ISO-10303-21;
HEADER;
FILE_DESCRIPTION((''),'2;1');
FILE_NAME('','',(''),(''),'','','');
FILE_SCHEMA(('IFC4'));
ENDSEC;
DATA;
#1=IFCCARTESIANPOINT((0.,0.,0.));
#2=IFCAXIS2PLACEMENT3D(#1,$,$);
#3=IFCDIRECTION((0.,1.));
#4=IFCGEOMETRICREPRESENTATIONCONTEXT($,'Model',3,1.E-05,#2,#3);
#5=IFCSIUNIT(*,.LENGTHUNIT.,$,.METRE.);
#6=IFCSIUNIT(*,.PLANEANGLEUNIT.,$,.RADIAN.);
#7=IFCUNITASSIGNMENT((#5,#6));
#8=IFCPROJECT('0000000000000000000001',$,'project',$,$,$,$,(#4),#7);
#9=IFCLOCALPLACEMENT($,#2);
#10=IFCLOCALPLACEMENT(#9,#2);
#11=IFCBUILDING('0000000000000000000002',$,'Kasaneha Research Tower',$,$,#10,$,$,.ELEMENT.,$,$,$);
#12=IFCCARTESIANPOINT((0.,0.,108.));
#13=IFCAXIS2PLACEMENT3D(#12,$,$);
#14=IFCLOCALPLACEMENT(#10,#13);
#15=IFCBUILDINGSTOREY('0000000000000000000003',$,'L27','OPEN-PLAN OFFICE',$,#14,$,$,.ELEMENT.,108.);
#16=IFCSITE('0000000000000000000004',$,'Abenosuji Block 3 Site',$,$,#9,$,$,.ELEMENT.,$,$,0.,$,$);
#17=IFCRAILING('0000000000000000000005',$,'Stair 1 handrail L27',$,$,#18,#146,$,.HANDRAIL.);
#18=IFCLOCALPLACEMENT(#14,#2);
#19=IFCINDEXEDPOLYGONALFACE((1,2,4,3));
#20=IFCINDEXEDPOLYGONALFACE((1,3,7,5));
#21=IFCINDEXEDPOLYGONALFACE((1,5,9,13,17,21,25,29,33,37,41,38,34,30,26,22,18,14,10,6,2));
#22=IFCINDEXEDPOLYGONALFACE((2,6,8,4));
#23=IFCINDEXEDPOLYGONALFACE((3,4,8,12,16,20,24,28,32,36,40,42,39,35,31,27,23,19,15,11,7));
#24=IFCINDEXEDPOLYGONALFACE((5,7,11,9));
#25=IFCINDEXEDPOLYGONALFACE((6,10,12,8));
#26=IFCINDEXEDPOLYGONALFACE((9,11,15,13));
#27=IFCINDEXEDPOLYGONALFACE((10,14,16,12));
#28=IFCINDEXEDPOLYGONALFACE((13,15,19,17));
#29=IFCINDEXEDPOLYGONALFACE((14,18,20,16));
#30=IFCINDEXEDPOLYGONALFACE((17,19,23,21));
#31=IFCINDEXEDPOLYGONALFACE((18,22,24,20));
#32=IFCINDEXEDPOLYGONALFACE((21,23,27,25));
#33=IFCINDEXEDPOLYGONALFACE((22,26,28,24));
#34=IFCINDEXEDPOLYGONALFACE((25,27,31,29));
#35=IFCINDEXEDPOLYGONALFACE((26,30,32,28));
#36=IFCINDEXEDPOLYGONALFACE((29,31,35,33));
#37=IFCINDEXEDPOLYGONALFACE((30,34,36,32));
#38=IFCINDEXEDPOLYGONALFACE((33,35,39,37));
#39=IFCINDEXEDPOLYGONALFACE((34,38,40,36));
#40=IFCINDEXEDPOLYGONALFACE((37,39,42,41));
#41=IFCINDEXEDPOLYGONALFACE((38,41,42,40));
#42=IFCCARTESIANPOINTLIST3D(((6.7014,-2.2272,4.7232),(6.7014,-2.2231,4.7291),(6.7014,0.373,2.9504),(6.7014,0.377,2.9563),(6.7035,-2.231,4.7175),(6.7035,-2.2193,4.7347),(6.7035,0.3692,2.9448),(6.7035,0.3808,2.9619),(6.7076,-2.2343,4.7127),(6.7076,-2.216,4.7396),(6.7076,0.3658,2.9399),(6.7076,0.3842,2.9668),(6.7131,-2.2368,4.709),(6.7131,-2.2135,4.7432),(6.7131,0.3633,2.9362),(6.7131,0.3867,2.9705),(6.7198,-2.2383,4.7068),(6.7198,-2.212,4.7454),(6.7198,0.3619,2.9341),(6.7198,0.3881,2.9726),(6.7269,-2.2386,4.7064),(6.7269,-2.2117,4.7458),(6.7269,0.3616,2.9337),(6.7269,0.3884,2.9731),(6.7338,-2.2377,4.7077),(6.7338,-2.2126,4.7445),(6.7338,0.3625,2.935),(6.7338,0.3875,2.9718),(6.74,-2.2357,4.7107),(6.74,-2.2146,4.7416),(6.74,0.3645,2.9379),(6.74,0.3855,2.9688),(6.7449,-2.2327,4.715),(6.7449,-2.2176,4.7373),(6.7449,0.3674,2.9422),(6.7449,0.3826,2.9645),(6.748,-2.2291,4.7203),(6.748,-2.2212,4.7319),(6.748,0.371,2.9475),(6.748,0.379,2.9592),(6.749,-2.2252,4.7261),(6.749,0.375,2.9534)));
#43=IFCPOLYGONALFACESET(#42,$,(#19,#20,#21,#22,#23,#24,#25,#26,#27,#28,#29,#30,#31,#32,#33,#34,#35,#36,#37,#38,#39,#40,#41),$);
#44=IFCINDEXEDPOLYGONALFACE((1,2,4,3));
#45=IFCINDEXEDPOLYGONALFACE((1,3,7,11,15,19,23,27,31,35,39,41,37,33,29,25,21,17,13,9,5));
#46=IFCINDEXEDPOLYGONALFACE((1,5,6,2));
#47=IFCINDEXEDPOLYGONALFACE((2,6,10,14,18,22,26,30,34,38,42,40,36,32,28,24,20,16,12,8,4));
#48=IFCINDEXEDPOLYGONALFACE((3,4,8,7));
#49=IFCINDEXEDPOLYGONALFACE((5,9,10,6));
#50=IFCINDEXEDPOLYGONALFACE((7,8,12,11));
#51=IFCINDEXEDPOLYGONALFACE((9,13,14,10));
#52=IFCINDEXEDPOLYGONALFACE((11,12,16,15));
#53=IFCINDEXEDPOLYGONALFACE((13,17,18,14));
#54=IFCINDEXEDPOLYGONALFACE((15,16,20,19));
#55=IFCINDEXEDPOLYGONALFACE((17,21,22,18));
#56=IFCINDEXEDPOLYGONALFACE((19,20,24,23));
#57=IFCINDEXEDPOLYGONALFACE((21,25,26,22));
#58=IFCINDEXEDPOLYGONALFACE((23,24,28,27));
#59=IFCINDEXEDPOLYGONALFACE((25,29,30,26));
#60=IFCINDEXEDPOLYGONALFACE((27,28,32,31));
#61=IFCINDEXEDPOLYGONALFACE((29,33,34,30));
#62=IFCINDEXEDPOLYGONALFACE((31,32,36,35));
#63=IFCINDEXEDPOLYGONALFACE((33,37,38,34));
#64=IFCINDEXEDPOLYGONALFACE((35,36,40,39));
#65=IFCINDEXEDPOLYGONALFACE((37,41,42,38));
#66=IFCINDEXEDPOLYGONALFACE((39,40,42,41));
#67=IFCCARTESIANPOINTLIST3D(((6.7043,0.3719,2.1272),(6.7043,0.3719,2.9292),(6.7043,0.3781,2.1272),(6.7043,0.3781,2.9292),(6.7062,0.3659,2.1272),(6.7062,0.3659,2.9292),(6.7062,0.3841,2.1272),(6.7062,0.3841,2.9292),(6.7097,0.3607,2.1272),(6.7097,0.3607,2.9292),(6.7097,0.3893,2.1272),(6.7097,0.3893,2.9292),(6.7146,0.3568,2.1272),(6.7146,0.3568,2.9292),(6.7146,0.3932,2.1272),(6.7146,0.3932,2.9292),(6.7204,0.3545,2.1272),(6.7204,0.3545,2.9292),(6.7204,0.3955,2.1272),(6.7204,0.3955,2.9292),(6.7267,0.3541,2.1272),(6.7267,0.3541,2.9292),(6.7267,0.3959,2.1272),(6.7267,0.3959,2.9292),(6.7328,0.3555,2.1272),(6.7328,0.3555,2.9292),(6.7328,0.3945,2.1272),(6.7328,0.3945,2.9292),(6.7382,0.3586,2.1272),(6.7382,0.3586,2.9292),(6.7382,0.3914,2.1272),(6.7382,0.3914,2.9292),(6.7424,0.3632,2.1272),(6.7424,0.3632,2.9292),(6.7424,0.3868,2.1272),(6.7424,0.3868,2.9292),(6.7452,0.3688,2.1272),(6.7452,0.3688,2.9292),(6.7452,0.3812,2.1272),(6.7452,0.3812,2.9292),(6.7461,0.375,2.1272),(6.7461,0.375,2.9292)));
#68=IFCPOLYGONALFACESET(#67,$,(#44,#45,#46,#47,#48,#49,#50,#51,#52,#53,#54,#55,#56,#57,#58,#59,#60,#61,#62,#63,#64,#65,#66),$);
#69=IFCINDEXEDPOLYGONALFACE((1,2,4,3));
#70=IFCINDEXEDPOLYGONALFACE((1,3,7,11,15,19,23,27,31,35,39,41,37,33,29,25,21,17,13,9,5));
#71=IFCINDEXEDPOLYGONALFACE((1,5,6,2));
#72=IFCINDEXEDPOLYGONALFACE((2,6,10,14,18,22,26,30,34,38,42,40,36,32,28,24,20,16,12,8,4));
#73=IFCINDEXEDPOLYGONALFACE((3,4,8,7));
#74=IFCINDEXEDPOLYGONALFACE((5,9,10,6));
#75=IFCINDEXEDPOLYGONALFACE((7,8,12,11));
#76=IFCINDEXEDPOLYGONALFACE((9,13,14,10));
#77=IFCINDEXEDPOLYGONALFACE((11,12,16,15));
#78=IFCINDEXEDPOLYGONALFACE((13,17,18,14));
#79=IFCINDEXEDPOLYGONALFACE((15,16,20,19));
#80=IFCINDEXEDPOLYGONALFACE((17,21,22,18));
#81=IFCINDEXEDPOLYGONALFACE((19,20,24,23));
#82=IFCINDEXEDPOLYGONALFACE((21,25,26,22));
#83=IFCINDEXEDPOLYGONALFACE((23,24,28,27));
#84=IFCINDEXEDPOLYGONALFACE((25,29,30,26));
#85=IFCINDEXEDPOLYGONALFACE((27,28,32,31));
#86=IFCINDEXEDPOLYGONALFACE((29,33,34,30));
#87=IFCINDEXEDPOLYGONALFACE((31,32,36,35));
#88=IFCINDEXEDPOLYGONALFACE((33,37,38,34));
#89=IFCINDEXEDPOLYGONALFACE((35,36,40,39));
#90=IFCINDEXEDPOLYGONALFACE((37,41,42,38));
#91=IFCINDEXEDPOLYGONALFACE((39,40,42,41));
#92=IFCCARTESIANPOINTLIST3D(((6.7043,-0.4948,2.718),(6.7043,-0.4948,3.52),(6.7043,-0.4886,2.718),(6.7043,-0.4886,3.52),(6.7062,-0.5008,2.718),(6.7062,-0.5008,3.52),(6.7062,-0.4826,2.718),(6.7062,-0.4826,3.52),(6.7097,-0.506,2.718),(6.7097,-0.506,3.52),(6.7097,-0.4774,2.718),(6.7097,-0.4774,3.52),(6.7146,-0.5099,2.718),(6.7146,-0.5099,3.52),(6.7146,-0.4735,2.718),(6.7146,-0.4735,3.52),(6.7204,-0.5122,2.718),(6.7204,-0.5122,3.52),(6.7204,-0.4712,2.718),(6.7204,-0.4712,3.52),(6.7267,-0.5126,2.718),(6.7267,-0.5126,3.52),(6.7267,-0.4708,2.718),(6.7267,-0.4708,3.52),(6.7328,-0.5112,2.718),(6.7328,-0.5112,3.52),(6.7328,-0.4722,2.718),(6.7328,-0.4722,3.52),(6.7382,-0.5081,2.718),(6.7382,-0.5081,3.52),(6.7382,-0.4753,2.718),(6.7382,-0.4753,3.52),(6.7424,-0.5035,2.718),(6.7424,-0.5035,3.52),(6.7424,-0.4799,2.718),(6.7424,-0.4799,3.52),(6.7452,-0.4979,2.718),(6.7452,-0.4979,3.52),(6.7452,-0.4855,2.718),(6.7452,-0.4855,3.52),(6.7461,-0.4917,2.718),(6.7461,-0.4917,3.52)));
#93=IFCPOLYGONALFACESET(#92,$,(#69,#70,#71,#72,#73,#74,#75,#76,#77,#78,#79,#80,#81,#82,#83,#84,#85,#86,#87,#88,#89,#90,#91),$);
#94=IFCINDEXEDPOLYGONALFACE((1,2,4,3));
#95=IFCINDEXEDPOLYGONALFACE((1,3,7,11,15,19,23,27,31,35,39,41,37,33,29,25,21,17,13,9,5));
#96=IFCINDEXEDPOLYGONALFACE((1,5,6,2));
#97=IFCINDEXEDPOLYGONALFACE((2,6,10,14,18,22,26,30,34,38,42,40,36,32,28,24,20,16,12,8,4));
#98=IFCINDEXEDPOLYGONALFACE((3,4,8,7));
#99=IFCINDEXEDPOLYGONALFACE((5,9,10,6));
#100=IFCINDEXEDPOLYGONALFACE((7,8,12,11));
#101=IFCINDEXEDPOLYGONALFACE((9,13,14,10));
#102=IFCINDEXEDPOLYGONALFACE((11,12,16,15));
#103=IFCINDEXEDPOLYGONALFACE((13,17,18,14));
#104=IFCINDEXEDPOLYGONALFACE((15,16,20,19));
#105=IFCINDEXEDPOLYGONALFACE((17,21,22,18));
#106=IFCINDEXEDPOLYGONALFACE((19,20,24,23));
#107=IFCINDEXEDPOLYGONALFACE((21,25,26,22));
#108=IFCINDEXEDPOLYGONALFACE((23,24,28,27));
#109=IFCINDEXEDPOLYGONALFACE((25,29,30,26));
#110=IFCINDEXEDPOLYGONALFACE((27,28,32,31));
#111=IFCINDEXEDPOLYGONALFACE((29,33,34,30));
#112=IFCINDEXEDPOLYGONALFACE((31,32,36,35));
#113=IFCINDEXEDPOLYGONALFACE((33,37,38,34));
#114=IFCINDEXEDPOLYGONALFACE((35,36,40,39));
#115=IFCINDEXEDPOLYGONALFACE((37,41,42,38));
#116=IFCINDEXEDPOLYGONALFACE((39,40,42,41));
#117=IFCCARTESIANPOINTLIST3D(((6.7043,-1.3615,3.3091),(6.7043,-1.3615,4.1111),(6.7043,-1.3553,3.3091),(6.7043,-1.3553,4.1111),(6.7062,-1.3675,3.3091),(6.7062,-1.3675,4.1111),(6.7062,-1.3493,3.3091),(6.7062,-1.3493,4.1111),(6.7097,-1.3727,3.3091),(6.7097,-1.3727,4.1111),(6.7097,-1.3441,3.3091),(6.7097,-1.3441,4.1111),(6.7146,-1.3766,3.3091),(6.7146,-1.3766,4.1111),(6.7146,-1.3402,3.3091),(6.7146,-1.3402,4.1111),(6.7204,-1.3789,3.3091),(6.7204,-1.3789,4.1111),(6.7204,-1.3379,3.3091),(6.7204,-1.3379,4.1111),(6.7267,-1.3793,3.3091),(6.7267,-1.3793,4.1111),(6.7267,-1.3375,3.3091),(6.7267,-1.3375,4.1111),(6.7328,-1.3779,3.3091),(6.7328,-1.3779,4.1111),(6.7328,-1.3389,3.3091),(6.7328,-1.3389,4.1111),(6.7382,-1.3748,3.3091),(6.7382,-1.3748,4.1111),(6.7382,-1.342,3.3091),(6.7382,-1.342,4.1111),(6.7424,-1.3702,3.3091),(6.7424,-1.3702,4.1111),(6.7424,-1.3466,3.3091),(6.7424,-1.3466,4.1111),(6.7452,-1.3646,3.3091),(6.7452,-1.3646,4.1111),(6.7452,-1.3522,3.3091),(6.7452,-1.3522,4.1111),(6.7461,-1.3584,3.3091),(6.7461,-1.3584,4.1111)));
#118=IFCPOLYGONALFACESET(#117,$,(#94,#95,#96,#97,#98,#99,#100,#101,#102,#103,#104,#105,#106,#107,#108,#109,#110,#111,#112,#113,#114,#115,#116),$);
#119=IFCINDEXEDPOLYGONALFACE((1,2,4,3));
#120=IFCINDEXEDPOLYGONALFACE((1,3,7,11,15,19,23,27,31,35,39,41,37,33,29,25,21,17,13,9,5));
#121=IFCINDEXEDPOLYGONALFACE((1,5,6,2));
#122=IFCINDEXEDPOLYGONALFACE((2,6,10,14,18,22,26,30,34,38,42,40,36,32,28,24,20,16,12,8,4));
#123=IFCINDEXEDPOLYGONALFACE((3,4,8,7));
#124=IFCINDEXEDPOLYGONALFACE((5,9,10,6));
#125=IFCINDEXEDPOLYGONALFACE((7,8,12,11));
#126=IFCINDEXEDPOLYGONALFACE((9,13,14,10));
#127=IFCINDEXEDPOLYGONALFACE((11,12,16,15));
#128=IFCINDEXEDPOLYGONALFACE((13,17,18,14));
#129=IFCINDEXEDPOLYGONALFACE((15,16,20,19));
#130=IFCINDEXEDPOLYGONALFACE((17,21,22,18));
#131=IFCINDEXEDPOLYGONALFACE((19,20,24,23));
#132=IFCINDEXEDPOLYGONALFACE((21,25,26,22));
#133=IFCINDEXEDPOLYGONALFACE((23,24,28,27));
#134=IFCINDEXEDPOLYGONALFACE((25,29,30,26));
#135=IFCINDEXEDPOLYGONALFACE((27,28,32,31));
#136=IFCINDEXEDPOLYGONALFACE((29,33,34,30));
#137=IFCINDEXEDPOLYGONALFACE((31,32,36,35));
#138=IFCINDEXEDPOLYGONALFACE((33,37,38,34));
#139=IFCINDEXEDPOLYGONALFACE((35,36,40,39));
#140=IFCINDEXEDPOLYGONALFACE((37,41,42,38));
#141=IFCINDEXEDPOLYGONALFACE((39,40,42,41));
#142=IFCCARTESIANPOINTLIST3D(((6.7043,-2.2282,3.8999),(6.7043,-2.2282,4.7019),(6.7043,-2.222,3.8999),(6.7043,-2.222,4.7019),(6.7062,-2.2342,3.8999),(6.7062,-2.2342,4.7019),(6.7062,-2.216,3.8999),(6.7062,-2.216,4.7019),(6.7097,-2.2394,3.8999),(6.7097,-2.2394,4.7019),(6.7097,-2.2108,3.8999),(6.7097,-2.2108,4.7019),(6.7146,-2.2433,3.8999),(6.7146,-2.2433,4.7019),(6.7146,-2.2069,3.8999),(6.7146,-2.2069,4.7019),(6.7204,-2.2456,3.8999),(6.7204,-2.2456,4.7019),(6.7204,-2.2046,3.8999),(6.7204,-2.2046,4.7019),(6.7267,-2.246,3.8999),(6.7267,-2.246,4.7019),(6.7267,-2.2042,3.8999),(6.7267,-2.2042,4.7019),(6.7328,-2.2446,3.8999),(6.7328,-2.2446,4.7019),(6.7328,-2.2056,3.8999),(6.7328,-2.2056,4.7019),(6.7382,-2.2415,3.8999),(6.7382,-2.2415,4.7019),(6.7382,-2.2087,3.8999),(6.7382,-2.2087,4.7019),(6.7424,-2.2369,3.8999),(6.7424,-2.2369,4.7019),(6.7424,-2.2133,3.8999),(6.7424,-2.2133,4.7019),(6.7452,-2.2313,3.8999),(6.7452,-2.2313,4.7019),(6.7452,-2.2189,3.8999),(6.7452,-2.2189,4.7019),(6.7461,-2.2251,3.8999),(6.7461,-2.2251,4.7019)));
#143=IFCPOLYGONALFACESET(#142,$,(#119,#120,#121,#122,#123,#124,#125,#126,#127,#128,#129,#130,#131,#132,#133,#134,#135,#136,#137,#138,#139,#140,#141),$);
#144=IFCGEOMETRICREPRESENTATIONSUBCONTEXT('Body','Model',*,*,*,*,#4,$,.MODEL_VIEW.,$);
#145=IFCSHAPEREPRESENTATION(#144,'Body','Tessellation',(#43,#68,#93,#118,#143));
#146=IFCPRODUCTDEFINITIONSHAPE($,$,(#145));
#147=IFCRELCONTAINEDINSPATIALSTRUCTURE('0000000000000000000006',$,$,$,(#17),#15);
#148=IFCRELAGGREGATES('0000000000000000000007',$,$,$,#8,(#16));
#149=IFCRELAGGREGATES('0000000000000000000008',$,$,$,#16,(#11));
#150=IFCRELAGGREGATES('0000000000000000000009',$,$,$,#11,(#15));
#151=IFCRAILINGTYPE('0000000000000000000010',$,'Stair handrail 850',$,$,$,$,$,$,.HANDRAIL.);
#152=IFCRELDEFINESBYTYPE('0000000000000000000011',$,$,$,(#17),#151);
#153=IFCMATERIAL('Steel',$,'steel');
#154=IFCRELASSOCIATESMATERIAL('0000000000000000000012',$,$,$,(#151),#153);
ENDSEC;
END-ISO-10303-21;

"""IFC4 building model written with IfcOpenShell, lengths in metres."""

from ifc_helpers import new_model, si_unit, direction, frame, origin, origin_2d, place, context, subcontext, project, spatial, circle, extrude, material, type_object, element, save


model = new_model("IFC4")

# Units and contexts
model_context = context("Model", 3, precision=1e-05, world=origin(), true_north=direction((0.0, 1.0)))
body_context = subcontext(model_context, "Body", "Model", "MODEL_VIEW")
ifc_project = project(units=[si_unit("LENGTHUNIT", "METRE"), si_unit("PLANEANGLEUNIT", "RADIAN")], contexts=[model_context])

# Site, building, storey
site_placement = place(None, origin())
site = spatial("IfcSite", under=ifc_project, at=site_placement, Name="Abenosuji Block 3 Site", CompositionType="ELEMENT", RefElevation=0.0)
building_placement = place(site_placement, origin())
building = spatial("IfcBuilding", under=site, at=building_placement, Name="Kasaneha Research Tower", CompositionType="ELEMENT")
storey_placement = place(building_placement, frame((0.0, 0.0, 108.0)))
storey = spatial("IfcBuildingStorey", under=building, at=storey_placement, Name="L27", Description="OPEN-PLAN OFFICE", CompositionType="ELEMENT", Elevation=108.0)

# Railing
ifc_material_1 = material(Name="Steel", Category="steel")
railing_type = type_object("IfcRailingType", Name="Stair handrail 850", PredefinedType="HANDRAIL", material=ifc_material_1)
railing_placement = place(storey_placement, frame((6.7251, 0.375, 2.1272)))
element("IfcRailing", 1, at=railing_placement, inside=storey, type_object=railing_type, Name="Stair 1 handrail L27", PredefinedType="HANDRAIL", context=body_context, shape_type="SweptSolid", body=[
    extrude(circle(Radius=0.0239, at=origin_2d()), frame((0.0, 0.0, 0.8262), z_axis=(0.0, -0.82624, 0.563318), x_axis=(1.0, 0.0, 0.0)), (0.0, 0.0, 1.0), 3.147),
    extrude(circle(Radius=0.021, at=origin_2d()), origin(), (0.0, 0.0, 1.0), 0.802),
    extrude(circle(Radius=0.021, at=origin_2d()), frame((0.0, -0.8667, 0.5908)), (0.0, 0.0, 1.0), 0.802),
    extrude(circle(Radius=0.021, at=origin_2d()), frame((0.0, -1.7334, 1.1819)), (0.0, 0.0, 1.0), 0.802),
    extrude(circle(Radius=0.021, at=origin_2d()), frame((0.0, -2.6001, 1.7727)), (0.0, 0.0, 1.0), 0.802),
])

save(model, "model.ifc")
